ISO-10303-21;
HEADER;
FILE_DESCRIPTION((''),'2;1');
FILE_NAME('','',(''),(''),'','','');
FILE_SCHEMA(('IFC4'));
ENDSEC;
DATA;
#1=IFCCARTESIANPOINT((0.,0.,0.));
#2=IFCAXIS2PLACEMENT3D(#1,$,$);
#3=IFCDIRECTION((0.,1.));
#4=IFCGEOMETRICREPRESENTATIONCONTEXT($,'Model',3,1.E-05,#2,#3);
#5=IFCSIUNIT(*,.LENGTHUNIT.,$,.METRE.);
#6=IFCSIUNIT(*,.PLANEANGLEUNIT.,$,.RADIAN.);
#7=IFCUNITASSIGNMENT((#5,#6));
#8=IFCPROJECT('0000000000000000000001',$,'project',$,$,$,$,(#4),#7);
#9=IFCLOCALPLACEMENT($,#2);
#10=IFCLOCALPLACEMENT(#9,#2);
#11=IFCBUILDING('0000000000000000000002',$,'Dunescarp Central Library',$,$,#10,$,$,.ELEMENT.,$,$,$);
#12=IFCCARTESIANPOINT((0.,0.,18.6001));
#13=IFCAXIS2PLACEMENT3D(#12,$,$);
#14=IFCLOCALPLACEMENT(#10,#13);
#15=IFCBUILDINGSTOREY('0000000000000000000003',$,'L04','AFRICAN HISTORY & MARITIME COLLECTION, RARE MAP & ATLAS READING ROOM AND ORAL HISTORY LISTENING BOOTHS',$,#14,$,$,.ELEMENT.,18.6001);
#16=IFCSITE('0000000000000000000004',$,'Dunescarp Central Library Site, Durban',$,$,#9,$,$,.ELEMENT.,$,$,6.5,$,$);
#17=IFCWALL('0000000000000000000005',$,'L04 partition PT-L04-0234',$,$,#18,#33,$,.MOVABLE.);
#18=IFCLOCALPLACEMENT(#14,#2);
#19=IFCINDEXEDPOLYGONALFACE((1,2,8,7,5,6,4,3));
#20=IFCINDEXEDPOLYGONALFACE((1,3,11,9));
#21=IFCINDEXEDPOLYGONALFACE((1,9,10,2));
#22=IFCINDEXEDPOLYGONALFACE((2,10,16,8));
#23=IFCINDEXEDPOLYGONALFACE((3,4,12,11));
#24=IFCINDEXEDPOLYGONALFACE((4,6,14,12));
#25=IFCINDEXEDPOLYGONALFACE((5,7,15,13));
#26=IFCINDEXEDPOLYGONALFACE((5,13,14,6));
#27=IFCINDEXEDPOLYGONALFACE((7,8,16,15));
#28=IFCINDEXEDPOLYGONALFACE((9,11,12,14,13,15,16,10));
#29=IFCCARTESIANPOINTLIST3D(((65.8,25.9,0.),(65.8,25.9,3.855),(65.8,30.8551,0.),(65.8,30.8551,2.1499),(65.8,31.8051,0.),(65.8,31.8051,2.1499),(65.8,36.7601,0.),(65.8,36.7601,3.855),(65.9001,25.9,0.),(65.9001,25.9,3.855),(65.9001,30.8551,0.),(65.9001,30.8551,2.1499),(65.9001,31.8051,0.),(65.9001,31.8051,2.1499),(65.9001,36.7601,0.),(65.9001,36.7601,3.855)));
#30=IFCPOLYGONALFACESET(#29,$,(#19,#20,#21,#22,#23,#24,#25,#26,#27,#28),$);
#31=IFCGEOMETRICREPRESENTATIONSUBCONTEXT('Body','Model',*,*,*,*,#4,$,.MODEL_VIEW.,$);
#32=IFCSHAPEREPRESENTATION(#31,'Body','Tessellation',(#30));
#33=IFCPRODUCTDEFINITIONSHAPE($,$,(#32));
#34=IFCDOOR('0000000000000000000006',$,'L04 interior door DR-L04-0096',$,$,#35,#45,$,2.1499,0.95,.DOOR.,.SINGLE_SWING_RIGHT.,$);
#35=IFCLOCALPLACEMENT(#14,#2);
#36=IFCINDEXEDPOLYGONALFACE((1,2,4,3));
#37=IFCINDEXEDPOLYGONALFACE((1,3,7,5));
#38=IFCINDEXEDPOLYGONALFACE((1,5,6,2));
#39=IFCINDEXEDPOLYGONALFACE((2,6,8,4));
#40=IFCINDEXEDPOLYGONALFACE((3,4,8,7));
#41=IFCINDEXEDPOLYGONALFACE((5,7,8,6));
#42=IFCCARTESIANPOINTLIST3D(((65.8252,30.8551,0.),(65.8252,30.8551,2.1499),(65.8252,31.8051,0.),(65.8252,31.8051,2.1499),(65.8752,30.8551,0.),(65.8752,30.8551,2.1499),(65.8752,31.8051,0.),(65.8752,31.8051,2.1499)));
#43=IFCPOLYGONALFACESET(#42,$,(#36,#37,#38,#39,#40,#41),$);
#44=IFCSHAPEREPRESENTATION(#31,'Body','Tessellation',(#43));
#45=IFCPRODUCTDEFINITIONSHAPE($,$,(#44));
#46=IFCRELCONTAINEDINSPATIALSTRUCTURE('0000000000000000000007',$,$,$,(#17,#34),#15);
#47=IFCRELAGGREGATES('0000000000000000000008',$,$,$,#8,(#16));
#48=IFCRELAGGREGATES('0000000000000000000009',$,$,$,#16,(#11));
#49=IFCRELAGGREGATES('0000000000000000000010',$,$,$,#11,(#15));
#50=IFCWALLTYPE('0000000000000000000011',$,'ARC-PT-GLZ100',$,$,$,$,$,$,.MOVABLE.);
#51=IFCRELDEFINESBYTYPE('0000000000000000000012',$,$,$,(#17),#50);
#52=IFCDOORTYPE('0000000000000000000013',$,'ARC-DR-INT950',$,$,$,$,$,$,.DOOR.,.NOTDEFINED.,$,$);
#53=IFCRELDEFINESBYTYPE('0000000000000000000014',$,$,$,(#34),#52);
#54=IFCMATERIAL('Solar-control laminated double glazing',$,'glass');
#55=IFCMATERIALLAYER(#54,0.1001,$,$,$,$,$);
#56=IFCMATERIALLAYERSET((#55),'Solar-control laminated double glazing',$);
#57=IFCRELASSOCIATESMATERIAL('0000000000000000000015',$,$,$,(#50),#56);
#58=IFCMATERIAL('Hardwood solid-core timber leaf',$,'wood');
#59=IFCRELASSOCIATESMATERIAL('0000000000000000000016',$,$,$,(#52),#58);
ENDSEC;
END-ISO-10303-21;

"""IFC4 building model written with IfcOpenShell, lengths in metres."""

from ifc_helpers import new_model, si_unit, direction, frame, frame_2d, origin, place, context, subcontext, project, spatial, rectangle, extrude, material, layer, layer_set, type_object, element, fill, save


model = new_model("IFC4")

# Units and contexts
model_context = context("Model", 3, precision=1e-05, world=origin(), true_north=direction((0.0, 1.0)))
body_context = subcontext(model_context, "Body", "Model", "MODEL_VIEW")
ifc_project = project(units=[si_unit("LENGTHUNIT", "METRE"), si_unit("PLANEANGLEUNIT", "RADIAN")], contexts=[model_context])

# Site, building, storey
site_placement = place(None, origin())
site = spatial("IfcSite", under=ifc_project, at=site_placement, Name="Dunescarp Central Library Site, Durban", CompositionType="ELEMENT", RefElevation=6.5)
building_placement = place(site_placement, origin())
building = spatial("IfcBuilding", under=site, at=building_placement, Name="Dunescarp Central Library", CompositionType="ELEMENT")
storey_placement = place(building_placement, frame((0.0, 0.0, 18.6001)))
storey = spatial("IfcBuildingStorey", under=building, at=storey_placement, Name="L04", Description="AFRICAN HISTORY & MARITIME COLLECTION, RARE MAP & ATLAS READING ROOM AND ORAL HISTORY LISTENING BOOTHS", CompositionType="ELEMENT", Elevation=18.6001)

# Shared definitions
ifc_material_1 = material(Name="Solar-control laminated double glazing", Category="glass")

# Wall, opening, door
ifc_layer_1 = layer(ifc_material_1, 0.1001)
ifc_layer_set_1 = layer_set([ifc_layer_1], Name="Solar-control laminated double glazing")
wall_type = type_object("IfcWallType", Name="ARC-PT-GLZ100", PredefinedType="MOVABLE", material=ifc_layer_set_1)
wall_placement = place(storey_placement, frame((65.8501, 25.8999, 0.0), z_axis=(0.0, 0.0, 1.0), x_axis=(0.0, 1.0, 0.0)))
wall = element("IfcWall", 1, at=wall_placement, inside=storey, type_object=wall_type, Name="L04 partition PT-L04-0234", PredefinedType="MOVABLE", context=body_context, shape_type="SweptSolid", body=[
    extrude(rectangle(XDim=10.8601, YDim=0.1001, at=frame_2d((5.4302, 0.0))), origin(), (0.0, 0.0, 1.0), 3.855),
])
opening_placement = place(wall_placement, frame((4.9551, 0.0, 0.0)))
opening = element("IfcOpeningElement", 2, at=opening_placement, cuts=wall, PredefinedType="OPENING", context=body_context, shape_type="SweptSolid", body=[
    extrude(rectangle(XDim=0.95, YDim=2.1499, at=frame_2d((0.4751, 1.075))), frame((0.0, 0.0601, 0.0), z_axis=(0.0, -1.0, 0.0), x_axis=(1.0, 0.0, 0.0)), (0.0, 0.0, 1.0), 0.1201),
])
ifc_material_2 = material(Name="Hardwood solid-core timber leaf", Category="wood")
door_type = type_object("IfcDoorType", Name="ARC-DR-INT950", OperationType="NOTDEFINED", PredefinedType="DOOR", material=ifc_material_2)
door_placement = place(opening_placement, origin())
door = element("IfcDoor", 3, at=door_placement, inside=storey, type_object=door_type, Name="L04 interior door DR-L04-0096", OperationType="SINGLE_SWING_RIGHT", OverallHeight=2.1499, OverallWidth=0.95, PredefinedType="DOOR", context=body_context, shape_type="SweptSolid", body=[
    extrude(rectangle(XDim=0.95, YDim=2.1499, at=frame_2d((0.4751, 1.075))), frame((0.0, 0.0249, 0.0), z_axis=(0.0, -1.0, 0.0), x_axis=(1.0, 0.0, 0.0)), (0.0, 0.0, 1.0), 0.05),
])
fill(opening, door)

save(model, "model.ifc")
